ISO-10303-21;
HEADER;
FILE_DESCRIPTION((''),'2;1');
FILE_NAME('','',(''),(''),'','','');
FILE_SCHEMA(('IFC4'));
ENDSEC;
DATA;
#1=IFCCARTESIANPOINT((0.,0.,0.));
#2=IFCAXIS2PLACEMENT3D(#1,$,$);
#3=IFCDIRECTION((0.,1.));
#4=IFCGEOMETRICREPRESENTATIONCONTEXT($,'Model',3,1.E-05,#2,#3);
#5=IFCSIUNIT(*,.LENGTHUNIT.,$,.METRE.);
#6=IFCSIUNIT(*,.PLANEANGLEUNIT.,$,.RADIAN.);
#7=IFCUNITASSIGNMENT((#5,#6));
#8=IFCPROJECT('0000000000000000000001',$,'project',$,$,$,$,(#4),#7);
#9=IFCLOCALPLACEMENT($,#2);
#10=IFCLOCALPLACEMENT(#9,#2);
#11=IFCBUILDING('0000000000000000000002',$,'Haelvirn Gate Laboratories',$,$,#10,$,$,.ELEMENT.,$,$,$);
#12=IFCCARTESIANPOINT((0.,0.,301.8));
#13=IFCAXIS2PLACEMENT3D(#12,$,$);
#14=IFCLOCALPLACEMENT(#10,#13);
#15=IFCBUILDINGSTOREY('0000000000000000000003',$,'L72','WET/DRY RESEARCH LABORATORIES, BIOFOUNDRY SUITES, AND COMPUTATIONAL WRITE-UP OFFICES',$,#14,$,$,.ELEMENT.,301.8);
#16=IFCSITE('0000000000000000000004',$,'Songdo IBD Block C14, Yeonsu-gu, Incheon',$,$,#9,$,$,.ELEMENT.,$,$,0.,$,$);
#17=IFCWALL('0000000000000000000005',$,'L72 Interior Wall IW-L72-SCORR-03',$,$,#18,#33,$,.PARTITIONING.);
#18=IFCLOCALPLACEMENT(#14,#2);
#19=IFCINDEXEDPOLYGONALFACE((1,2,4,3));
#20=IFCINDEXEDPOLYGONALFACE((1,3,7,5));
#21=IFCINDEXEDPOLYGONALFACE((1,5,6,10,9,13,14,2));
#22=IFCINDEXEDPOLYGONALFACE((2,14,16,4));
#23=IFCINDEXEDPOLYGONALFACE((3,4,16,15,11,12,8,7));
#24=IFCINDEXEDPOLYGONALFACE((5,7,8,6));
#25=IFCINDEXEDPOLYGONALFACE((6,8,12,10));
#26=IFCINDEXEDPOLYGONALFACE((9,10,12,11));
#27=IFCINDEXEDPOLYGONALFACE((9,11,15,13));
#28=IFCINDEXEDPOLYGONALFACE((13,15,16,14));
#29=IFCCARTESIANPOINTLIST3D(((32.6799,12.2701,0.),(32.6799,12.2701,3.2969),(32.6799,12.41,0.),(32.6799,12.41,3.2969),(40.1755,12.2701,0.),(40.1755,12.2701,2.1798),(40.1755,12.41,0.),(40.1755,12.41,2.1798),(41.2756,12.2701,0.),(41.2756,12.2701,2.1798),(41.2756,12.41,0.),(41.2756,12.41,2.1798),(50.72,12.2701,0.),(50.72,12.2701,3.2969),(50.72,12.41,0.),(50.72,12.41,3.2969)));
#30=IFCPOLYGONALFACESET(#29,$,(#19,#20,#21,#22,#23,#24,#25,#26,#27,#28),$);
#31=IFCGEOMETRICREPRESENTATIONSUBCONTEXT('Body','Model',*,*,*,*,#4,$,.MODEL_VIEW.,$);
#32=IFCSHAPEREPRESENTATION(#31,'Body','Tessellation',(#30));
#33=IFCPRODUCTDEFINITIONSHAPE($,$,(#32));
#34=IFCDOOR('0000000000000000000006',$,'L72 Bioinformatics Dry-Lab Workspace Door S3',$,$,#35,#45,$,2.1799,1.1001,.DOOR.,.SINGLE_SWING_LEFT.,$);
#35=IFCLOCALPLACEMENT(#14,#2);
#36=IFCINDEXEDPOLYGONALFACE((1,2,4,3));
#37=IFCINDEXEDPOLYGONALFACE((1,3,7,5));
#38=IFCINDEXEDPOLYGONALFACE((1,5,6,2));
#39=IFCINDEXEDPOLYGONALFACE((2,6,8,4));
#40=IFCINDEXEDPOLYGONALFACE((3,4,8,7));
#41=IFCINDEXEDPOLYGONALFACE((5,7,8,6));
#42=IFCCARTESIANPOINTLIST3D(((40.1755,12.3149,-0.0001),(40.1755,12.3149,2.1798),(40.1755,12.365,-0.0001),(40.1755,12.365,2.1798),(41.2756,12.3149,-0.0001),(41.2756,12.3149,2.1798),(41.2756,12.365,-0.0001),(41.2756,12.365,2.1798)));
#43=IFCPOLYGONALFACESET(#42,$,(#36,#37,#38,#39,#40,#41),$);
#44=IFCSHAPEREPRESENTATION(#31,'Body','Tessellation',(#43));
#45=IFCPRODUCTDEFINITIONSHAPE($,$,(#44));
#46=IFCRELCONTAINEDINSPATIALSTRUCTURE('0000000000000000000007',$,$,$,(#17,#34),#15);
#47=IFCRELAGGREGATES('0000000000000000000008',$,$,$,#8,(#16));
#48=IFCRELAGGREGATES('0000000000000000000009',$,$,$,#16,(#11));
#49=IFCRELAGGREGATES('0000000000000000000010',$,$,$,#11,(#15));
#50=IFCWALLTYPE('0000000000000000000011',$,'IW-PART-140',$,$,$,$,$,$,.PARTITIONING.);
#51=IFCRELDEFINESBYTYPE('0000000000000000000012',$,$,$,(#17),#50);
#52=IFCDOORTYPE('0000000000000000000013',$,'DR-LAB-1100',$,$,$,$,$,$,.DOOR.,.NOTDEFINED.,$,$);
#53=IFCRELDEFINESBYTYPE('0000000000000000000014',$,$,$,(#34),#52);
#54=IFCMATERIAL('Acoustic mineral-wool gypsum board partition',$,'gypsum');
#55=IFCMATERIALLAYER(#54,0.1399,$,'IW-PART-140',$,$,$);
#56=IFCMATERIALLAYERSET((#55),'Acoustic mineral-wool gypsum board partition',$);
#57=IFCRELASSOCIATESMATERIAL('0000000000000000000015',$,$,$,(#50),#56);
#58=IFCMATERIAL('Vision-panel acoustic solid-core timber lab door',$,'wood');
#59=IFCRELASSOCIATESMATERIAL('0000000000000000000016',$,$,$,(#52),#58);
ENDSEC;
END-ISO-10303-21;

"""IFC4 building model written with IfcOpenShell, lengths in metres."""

from ifc_helpers import new_model, si_unit, direction, frame, frame_2d, origin, place, context, subcontext, project, spatial, rectangle, extrude, source, transform, mapped, material, layer, layer_set, type_object, type_shapes, element, fill, save


model = new_model("IFC4")

# Units and contexts
model_context = context("Model", 3, precision=1e-05, world=origin(), true_north=direction((0.0, 1.0)))
body_context = subcontext(model_context, "Body", "Model", "MODEL_VIEW")
ifc_project = project(units=[si_unit("LENGTHUNIT", "METRE"), si_unit("PLANEANGLEUNIT", "RADIAN")], contexts=[model_context])

# Site, building, storey
site_placement = place(None, origin())
site = spatial("IfcSite", under=ifc_project, at=site_placement, Name="Songdo IBD Block C14, Yeonsu-gu, Incheon", CompositionType="ELEMENT", RefElevation=0.0)
building_placement = place(site_placement, origin())
building = spatial("IfcBuilding", under=site, at=building_placement, Name="Haelvirn Gate Laboratories", CompositionType="ELEMENT")
storey_placement = place(building_placement, frame((0.0, 0.0, 301.8)))
storey = spatial("IfcBuildingStorey", under=building, at=storey_placement, Name="L72", Description="WET/DRY RESEARCH LABORATORIES, BIOFOUNDRY SUITES, AND COMPUTATIONAL WRITE-UP OFFICES", CompositionType="ELEMENT", Elevation=301.8)

# Wall, opening, door
ifc_material_1 = material(Name="Acoustic mineral-wool gypsum board partition", Category="gypsum")
ifc_layer_1 = layer(ifc_material_1, 0.1399, Name="IW-PART-140")
ifc_layer_set_1 = layer_set([ifc_layer_1], Name="Acoustic mineral-wool gypsum board partition")
wall_type = type_object("IfcWallType", Name="IW-PART-140", PredefinedType="PARTITIONING", material=ifc_layer_set_1)
wall_placement = place(storey_placement, frame((32.6799, 12.3401, 0.0), z_axis=(0.0, 0.0, 1.0), x_axis=(1.0, 0.0, 0.0)))
wall = element("IfcWall", 1, at=wall_placement, inside=storey, type_object=wall_type, Name="L72 Interior Wall IW-L72-SCORR-03", PredefinedType="PARTITIONING", context=body_context, shape_type="SweptSolid", body=[
    extrude(rectangle(XDim=18.04, YDim=0.1399, at=frame_2d((9.02, 0.0))), origin(), (0.0, 0.0, 1.0), 3.2969),
])
opening_placement = place(wall_placement, frame((7.4956, 0.0, 0.0)))
opening = element("IfcOpeningElement", 2, at=opening_placement, cuts=wall, PredefinedType="OPENING", context=body_context, shape_type="SweptSolid", body=[
    extrude(rectangle(XDim=1.1001, YDim=2.1799, at=frame_2d((0.55, 1.0898))), frame((0.0, 0.0801, 0.0), z_axis=(0.0, -1.0, 0.0), x_axis=(1.0, 0.0, 0.0)), (0.0, 0.0, 1.0), 0.1599),
])
ifc_material_2 = material(Name="Vision-panel acoustic solid-core timber lab door", Category="wood")
door_type = type_object("IfcDoorType", Name="DR-LAB-1100", OperationType="NOTDEFINED", PredefinedType="DOOR", material=ifc_material_2)
shared_shape_1 = source(origin(), body_context, "Body", "SweptSolid", [
    extrude(rectangle(XDim=1.1001, YDim=2.1799, at=frame_2d((0.55, 1.0898))), frame((0.0, 0.0249, 0.0), z_axis=(0.0, -1.0, 0.0), x_axis=(1.0, 0.0, 0.0)), (0.0, 0.0, 1.0), 0.05),
])
type_shapes(door_type, [shared_shape_1])
door_placement = place(opening_placement, origin())
door = element("IfcDoor", 3, at=door_placement, inside=storey, type_object=door_type, Name="L72 Bioinformatics Dry-Lab Workspace Door S3", OperationType="SINGLE_SWING_LEFT", OverallHeight=2.1799, OverallWidth=1.1001, PredefinedType="DOOR", context=body_context, shape_type="MappedRepresentation", body=[
    mapped(shared_shape_1, transform((0.0, 0.0, 0.0), scale=1.0)),
])
fill(opening, door)

save(model, "model.ifc")
